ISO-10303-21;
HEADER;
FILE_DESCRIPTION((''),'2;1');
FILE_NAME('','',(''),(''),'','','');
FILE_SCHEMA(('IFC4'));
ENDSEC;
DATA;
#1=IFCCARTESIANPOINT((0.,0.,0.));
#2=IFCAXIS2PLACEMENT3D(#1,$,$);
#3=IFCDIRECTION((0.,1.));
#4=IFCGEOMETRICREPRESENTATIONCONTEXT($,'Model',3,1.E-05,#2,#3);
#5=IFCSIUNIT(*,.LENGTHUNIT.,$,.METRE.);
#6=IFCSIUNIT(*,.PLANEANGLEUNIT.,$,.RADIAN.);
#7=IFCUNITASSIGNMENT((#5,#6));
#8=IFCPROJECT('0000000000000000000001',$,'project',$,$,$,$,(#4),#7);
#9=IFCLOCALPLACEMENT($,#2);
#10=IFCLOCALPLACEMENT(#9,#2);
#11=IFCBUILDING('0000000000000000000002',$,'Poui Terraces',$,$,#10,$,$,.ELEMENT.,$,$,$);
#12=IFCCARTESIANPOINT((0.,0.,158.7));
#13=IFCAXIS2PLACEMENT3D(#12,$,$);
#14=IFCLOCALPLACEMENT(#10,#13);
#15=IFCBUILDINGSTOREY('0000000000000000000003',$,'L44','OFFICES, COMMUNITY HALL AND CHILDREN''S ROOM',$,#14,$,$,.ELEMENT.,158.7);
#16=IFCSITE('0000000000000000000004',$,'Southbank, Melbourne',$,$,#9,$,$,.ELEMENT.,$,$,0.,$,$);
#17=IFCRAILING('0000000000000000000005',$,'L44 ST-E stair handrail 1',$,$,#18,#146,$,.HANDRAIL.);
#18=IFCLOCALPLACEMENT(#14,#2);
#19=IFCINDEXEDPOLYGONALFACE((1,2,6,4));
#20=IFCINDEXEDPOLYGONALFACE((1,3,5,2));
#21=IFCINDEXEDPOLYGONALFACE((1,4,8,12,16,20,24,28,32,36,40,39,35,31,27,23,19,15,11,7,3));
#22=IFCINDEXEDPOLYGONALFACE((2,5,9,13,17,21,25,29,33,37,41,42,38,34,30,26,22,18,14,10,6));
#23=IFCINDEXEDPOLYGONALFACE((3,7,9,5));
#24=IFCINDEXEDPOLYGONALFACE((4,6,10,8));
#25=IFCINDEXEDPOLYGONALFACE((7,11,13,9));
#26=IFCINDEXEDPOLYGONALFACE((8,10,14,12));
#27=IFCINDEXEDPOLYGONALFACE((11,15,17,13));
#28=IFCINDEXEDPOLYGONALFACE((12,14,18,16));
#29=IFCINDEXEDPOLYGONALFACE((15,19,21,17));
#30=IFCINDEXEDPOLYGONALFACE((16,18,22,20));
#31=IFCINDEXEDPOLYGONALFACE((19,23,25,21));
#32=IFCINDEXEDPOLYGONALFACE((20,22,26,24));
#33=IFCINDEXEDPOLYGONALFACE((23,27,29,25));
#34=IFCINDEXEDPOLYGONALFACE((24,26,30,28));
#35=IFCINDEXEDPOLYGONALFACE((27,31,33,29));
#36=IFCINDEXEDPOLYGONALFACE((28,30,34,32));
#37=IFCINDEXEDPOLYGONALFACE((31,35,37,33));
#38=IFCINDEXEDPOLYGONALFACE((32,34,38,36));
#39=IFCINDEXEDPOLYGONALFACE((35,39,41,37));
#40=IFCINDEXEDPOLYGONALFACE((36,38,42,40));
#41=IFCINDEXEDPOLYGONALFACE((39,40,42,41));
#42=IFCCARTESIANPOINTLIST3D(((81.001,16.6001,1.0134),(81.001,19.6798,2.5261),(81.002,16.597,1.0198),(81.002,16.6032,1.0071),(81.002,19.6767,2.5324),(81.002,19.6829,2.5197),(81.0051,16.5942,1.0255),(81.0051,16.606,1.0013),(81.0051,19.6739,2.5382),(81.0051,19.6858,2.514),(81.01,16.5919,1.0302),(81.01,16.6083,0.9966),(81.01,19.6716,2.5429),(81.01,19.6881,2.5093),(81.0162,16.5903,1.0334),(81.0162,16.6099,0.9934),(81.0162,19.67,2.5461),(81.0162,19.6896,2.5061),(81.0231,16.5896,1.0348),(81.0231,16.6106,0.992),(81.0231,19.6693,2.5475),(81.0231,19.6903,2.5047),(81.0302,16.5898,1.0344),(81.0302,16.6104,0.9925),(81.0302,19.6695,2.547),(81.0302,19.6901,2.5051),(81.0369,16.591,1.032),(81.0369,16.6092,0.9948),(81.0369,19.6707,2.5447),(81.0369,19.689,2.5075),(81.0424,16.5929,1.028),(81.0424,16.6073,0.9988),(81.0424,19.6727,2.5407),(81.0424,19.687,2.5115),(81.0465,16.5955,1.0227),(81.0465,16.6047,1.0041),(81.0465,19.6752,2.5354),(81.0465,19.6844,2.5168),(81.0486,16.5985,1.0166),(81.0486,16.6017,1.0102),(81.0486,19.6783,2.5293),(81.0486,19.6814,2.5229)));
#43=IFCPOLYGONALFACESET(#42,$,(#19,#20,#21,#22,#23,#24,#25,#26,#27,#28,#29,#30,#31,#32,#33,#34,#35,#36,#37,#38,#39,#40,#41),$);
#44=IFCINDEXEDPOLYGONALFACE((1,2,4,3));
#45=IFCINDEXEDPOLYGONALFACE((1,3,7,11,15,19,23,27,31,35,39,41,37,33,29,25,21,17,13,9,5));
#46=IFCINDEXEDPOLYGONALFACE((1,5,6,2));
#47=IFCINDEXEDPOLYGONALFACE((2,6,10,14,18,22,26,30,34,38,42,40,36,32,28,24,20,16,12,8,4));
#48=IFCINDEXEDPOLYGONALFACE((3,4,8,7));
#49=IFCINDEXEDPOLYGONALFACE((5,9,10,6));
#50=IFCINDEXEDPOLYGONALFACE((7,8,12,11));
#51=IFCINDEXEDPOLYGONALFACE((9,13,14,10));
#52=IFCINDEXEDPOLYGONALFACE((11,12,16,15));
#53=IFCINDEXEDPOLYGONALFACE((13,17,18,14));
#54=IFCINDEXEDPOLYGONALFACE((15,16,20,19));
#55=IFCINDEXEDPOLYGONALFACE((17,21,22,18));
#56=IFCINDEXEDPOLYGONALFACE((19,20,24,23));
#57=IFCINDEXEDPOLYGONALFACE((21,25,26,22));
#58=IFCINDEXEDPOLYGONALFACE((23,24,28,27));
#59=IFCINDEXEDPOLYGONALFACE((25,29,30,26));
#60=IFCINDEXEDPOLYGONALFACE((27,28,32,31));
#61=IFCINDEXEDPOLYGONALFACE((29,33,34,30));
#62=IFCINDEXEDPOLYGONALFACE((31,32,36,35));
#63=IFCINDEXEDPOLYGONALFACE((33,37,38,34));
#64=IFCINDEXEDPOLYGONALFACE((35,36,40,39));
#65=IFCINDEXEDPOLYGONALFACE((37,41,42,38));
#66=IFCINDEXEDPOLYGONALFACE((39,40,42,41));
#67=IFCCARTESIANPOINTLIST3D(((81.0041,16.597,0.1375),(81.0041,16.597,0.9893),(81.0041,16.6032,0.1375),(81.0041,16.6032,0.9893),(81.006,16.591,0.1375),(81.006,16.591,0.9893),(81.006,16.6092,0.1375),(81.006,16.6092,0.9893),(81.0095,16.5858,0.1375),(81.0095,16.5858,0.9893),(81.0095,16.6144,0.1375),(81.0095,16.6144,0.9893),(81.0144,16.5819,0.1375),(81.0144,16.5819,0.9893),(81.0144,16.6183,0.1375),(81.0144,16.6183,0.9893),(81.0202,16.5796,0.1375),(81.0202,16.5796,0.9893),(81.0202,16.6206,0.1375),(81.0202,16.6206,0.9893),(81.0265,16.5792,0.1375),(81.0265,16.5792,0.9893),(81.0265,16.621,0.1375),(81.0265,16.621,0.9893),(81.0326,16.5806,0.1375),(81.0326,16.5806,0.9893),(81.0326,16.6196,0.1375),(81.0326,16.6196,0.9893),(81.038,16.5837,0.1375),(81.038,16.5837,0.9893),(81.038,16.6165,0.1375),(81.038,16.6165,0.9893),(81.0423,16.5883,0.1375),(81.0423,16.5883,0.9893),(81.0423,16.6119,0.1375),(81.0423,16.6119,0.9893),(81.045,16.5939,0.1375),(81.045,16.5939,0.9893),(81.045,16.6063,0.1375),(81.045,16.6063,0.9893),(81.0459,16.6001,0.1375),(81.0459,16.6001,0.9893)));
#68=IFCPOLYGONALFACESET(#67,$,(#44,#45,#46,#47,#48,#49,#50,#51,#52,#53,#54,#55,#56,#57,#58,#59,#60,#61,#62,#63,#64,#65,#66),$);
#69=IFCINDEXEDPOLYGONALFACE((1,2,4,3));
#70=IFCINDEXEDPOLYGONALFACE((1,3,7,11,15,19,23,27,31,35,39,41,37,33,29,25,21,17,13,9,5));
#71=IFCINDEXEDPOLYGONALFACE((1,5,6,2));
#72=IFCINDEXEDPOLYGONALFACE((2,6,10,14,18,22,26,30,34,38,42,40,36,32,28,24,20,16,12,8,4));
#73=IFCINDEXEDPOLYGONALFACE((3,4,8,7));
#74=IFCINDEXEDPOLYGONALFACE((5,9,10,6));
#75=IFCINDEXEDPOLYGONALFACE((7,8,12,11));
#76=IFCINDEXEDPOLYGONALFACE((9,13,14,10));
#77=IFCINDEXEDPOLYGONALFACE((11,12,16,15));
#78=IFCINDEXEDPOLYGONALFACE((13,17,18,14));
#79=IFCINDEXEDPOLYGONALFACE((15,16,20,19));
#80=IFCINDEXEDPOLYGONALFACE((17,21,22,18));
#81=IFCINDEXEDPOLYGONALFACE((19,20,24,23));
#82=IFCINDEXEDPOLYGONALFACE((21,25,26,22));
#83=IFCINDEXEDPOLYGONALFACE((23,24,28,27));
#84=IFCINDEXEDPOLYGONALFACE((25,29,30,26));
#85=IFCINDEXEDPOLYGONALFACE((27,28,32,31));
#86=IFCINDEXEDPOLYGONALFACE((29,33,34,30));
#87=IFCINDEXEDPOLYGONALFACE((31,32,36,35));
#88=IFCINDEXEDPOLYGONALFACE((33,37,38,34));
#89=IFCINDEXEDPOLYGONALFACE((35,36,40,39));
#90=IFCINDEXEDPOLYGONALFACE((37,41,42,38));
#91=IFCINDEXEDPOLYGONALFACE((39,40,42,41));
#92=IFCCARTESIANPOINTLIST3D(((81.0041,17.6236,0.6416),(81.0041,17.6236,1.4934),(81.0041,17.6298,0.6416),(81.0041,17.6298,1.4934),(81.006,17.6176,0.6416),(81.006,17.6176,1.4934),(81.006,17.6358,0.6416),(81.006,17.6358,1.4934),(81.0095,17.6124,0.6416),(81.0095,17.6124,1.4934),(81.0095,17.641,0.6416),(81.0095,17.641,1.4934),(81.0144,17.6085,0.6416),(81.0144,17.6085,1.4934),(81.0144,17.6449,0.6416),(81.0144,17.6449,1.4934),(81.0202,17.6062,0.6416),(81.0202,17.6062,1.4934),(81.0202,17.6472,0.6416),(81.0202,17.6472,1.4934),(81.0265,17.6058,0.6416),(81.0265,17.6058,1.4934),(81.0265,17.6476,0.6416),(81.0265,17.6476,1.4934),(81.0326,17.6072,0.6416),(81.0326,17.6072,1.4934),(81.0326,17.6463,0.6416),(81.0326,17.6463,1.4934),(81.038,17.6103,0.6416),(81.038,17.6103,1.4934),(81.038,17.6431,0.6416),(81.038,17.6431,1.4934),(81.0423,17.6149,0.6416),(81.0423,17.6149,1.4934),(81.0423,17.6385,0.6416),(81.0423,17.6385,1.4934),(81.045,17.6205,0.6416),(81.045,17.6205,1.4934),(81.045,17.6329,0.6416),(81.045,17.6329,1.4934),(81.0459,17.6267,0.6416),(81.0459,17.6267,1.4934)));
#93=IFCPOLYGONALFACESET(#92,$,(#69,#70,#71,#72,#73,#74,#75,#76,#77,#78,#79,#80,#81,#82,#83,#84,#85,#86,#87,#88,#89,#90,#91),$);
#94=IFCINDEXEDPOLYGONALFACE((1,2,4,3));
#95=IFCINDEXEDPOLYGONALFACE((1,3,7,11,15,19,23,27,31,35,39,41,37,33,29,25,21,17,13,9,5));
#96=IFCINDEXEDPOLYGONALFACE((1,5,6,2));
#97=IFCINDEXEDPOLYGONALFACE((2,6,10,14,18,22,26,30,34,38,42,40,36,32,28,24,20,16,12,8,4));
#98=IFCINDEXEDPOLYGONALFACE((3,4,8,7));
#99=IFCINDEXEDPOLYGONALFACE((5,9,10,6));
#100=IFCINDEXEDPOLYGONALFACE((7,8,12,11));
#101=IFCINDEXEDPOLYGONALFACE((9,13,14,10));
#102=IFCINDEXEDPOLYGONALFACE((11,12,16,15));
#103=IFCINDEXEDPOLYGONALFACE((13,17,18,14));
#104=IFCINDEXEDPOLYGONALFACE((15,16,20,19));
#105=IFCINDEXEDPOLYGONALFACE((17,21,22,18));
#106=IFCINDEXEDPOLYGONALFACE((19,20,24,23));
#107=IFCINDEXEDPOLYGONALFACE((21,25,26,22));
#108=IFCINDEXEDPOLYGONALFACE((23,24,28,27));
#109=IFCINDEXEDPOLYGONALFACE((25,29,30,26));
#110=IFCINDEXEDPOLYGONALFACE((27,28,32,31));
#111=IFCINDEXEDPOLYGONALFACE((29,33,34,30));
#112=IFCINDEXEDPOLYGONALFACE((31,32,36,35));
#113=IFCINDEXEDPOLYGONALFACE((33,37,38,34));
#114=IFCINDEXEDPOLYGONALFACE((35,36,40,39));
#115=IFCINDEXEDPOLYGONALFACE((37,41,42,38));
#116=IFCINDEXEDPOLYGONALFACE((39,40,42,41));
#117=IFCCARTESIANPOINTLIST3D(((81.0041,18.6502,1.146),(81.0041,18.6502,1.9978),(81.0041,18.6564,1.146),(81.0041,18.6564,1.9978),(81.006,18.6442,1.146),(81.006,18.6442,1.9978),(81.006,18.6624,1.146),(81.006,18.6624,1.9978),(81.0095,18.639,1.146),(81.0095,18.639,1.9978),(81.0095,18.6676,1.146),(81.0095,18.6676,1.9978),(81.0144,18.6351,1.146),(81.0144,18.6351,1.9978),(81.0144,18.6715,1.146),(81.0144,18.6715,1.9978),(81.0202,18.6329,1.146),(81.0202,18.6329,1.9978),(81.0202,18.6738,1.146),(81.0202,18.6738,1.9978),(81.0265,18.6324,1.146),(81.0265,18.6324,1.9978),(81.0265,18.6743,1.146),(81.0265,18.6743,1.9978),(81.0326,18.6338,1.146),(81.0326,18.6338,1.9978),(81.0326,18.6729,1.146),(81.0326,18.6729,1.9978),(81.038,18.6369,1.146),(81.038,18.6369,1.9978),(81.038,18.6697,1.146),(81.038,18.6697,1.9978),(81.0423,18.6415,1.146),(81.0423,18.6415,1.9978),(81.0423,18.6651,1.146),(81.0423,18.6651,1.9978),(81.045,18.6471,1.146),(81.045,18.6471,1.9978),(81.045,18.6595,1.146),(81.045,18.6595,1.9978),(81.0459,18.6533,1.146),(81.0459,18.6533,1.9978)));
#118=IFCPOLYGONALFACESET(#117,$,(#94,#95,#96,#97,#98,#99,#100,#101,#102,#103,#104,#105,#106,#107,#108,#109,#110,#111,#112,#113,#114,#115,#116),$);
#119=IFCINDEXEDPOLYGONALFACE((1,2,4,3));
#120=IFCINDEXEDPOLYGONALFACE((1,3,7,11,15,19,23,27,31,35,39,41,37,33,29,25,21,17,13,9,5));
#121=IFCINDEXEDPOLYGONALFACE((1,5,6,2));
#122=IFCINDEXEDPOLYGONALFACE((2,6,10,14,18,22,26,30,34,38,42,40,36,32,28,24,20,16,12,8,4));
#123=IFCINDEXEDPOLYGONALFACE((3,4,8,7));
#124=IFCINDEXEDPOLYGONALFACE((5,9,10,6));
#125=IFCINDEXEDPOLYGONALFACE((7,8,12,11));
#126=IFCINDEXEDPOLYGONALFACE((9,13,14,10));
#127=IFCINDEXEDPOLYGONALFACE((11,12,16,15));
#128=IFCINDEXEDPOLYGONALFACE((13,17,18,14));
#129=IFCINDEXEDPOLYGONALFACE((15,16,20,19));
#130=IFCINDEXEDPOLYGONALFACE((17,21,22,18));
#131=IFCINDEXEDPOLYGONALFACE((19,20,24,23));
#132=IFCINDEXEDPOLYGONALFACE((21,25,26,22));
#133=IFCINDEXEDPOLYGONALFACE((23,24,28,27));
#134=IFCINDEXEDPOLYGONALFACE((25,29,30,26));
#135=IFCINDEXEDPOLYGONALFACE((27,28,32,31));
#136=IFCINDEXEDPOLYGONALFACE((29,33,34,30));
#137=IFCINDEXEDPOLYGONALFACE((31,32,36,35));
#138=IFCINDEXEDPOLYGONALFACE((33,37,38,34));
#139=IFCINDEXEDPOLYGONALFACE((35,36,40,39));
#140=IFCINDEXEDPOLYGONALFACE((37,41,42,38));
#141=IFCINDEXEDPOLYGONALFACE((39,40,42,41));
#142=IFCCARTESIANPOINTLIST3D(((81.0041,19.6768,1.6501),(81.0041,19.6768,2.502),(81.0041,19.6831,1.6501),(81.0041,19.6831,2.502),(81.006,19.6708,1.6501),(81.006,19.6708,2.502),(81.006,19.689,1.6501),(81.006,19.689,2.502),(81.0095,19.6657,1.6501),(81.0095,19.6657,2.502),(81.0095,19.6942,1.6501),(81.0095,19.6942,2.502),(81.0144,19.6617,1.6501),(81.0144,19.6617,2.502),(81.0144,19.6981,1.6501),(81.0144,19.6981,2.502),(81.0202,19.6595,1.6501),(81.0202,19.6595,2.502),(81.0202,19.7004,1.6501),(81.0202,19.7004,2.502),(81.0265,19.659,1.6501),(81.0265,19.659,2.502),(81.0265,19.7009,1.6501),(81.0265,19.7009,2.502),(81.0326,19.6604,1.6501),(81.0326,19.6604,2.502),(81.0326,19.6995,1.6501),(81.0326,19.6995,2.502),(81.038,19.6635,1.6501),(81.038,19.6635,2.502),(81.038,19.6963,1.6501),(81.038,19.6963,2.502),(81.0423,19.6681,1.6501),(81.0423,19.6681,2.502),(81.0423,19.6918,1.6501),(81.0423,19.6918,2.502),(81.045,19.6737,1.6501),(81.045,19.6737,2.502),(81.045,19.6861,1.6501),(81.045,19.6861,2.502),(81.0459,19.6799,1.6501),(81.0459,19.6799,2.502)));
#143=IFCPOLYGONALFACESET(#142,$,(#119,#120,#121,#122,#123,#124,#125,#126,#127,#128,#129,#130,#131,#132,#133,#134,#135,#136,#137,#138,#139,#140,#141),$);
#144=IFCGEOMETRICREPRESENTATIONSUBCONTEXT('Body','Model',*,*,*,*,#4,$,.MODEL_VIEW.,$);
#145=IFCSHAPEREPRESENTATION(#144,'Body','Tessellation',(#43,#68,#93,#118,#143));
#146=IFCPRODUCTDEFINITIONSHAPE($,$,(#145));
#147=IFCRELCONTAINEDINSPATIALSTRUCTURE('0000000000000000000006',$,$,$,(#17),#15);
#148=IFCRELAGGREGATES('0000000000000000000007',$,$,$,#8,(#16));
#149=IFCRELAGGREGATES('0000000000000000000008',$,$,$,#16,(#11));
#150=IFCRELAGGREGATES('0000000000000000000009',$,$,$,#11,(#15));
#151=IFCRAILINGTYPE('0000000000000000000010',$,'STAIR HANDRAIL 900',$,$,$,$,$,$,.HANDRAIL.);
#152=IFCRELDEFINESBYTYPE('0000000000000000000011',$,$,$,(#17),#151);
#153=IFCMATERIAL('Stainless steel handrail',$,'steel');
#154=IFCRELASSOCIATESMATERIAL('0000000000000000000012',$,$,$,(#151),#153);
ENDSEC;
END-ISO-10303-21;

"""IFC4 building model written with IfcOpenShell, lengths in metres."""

from ifc_helpers import new_model, si_unit, direction, frame, origin, origin_2d, place, context, subcontext, project, spatial, circle, extrude, material, type_object, element, save


model = new_model("IFC4")

# Units and contexts
model_context = context("Model", 3, precision=1e-05, world=origin(), true_north=direction((0.0, 1.0)))
body_context = subcontext(model_context, "Body", "Model", "MODEL_VIEW")
ifc_project = project(units=[si_unit("LENGTHUNIT", "METRE"), si_unit("PLANEANGLEUNIT", "RADIAN")], contexts=[model_context])

# Site, building, storey
site_placement = place(None, origin())
site = spatial("IfcSite", under=ifc_project, at=site_placement, Name="Southbank, Melbourne", CompositionType="ELEMENT", RefElevation=0.0)
building_placement = place(site_placement, origin())
building = spatial("IfcBuilding", under=site, at=building_placement, Name="Poui Terraces", CompositionType="ELEMENT")
storey_placement = place(building_placement, frame((0.0, 0.0, 158.7)))
storey = spatial("IfcBuildingStorey", under=building, at=storey_placement, Name="L44", Description="OFFICES, COMMUNITY HALL AND CHILDREN'S ROOM", CompositionType="ELEMENT", Elevation=158.7)

# Railing
ifc_material_1 = material(Name="Stainless steel handrail", Category="steel")
railing_type_1 = type_object("IfcRailingType", Name="STAIR HANDRAIL 900", PredefinedType="HANDRAIL", material=ifc_material_1)
railing_1_placement = place(storey_placement, frame((81.0249, 16.6001, 0.1375)))
element("IfcRailing", 1, at=railing_1_placement, inside=storey, type_object=railing_type_1, Name="L44 ST-E stair handrail 1", PredefinedType="HANDRAIL", context=body_context, shape_type="SweptSolid", body=[
    extrude(circle(Radius=0.0239, at=origin_2d()), frame((0.0, 0.0, 0.876), z_axis=(0.0, 0.897578, 0.440856), x_axis=(-1.0, 0.0, 0.0)), (0.0, 0.0, 1.0), 3.4312),
    extrude(circle(Radius=0.021, at=origin_2d()), origin(), (0.0, 0.0, 1.0), 0.8518),
    extrude(circle(Radius=0.021, at=origin_2d()), frame((0.0, 1.0266, 0.5042)), (0.0, 0.0, 1.0), 0.8518),
    extrude(circle(Radius=0.021, at=origin_2d()), frame((0.0, 2.0532, 1.0085)), (0.0, 0.0, 1.0), 0.8518),
    extrude(circle(Radius=0.021, at=origin_2d()), frame((0.0, 3.0798, 1.5127)), (0.0, 0.0, 1.0), 0.8518),
])

save(model, "model.ifc")
